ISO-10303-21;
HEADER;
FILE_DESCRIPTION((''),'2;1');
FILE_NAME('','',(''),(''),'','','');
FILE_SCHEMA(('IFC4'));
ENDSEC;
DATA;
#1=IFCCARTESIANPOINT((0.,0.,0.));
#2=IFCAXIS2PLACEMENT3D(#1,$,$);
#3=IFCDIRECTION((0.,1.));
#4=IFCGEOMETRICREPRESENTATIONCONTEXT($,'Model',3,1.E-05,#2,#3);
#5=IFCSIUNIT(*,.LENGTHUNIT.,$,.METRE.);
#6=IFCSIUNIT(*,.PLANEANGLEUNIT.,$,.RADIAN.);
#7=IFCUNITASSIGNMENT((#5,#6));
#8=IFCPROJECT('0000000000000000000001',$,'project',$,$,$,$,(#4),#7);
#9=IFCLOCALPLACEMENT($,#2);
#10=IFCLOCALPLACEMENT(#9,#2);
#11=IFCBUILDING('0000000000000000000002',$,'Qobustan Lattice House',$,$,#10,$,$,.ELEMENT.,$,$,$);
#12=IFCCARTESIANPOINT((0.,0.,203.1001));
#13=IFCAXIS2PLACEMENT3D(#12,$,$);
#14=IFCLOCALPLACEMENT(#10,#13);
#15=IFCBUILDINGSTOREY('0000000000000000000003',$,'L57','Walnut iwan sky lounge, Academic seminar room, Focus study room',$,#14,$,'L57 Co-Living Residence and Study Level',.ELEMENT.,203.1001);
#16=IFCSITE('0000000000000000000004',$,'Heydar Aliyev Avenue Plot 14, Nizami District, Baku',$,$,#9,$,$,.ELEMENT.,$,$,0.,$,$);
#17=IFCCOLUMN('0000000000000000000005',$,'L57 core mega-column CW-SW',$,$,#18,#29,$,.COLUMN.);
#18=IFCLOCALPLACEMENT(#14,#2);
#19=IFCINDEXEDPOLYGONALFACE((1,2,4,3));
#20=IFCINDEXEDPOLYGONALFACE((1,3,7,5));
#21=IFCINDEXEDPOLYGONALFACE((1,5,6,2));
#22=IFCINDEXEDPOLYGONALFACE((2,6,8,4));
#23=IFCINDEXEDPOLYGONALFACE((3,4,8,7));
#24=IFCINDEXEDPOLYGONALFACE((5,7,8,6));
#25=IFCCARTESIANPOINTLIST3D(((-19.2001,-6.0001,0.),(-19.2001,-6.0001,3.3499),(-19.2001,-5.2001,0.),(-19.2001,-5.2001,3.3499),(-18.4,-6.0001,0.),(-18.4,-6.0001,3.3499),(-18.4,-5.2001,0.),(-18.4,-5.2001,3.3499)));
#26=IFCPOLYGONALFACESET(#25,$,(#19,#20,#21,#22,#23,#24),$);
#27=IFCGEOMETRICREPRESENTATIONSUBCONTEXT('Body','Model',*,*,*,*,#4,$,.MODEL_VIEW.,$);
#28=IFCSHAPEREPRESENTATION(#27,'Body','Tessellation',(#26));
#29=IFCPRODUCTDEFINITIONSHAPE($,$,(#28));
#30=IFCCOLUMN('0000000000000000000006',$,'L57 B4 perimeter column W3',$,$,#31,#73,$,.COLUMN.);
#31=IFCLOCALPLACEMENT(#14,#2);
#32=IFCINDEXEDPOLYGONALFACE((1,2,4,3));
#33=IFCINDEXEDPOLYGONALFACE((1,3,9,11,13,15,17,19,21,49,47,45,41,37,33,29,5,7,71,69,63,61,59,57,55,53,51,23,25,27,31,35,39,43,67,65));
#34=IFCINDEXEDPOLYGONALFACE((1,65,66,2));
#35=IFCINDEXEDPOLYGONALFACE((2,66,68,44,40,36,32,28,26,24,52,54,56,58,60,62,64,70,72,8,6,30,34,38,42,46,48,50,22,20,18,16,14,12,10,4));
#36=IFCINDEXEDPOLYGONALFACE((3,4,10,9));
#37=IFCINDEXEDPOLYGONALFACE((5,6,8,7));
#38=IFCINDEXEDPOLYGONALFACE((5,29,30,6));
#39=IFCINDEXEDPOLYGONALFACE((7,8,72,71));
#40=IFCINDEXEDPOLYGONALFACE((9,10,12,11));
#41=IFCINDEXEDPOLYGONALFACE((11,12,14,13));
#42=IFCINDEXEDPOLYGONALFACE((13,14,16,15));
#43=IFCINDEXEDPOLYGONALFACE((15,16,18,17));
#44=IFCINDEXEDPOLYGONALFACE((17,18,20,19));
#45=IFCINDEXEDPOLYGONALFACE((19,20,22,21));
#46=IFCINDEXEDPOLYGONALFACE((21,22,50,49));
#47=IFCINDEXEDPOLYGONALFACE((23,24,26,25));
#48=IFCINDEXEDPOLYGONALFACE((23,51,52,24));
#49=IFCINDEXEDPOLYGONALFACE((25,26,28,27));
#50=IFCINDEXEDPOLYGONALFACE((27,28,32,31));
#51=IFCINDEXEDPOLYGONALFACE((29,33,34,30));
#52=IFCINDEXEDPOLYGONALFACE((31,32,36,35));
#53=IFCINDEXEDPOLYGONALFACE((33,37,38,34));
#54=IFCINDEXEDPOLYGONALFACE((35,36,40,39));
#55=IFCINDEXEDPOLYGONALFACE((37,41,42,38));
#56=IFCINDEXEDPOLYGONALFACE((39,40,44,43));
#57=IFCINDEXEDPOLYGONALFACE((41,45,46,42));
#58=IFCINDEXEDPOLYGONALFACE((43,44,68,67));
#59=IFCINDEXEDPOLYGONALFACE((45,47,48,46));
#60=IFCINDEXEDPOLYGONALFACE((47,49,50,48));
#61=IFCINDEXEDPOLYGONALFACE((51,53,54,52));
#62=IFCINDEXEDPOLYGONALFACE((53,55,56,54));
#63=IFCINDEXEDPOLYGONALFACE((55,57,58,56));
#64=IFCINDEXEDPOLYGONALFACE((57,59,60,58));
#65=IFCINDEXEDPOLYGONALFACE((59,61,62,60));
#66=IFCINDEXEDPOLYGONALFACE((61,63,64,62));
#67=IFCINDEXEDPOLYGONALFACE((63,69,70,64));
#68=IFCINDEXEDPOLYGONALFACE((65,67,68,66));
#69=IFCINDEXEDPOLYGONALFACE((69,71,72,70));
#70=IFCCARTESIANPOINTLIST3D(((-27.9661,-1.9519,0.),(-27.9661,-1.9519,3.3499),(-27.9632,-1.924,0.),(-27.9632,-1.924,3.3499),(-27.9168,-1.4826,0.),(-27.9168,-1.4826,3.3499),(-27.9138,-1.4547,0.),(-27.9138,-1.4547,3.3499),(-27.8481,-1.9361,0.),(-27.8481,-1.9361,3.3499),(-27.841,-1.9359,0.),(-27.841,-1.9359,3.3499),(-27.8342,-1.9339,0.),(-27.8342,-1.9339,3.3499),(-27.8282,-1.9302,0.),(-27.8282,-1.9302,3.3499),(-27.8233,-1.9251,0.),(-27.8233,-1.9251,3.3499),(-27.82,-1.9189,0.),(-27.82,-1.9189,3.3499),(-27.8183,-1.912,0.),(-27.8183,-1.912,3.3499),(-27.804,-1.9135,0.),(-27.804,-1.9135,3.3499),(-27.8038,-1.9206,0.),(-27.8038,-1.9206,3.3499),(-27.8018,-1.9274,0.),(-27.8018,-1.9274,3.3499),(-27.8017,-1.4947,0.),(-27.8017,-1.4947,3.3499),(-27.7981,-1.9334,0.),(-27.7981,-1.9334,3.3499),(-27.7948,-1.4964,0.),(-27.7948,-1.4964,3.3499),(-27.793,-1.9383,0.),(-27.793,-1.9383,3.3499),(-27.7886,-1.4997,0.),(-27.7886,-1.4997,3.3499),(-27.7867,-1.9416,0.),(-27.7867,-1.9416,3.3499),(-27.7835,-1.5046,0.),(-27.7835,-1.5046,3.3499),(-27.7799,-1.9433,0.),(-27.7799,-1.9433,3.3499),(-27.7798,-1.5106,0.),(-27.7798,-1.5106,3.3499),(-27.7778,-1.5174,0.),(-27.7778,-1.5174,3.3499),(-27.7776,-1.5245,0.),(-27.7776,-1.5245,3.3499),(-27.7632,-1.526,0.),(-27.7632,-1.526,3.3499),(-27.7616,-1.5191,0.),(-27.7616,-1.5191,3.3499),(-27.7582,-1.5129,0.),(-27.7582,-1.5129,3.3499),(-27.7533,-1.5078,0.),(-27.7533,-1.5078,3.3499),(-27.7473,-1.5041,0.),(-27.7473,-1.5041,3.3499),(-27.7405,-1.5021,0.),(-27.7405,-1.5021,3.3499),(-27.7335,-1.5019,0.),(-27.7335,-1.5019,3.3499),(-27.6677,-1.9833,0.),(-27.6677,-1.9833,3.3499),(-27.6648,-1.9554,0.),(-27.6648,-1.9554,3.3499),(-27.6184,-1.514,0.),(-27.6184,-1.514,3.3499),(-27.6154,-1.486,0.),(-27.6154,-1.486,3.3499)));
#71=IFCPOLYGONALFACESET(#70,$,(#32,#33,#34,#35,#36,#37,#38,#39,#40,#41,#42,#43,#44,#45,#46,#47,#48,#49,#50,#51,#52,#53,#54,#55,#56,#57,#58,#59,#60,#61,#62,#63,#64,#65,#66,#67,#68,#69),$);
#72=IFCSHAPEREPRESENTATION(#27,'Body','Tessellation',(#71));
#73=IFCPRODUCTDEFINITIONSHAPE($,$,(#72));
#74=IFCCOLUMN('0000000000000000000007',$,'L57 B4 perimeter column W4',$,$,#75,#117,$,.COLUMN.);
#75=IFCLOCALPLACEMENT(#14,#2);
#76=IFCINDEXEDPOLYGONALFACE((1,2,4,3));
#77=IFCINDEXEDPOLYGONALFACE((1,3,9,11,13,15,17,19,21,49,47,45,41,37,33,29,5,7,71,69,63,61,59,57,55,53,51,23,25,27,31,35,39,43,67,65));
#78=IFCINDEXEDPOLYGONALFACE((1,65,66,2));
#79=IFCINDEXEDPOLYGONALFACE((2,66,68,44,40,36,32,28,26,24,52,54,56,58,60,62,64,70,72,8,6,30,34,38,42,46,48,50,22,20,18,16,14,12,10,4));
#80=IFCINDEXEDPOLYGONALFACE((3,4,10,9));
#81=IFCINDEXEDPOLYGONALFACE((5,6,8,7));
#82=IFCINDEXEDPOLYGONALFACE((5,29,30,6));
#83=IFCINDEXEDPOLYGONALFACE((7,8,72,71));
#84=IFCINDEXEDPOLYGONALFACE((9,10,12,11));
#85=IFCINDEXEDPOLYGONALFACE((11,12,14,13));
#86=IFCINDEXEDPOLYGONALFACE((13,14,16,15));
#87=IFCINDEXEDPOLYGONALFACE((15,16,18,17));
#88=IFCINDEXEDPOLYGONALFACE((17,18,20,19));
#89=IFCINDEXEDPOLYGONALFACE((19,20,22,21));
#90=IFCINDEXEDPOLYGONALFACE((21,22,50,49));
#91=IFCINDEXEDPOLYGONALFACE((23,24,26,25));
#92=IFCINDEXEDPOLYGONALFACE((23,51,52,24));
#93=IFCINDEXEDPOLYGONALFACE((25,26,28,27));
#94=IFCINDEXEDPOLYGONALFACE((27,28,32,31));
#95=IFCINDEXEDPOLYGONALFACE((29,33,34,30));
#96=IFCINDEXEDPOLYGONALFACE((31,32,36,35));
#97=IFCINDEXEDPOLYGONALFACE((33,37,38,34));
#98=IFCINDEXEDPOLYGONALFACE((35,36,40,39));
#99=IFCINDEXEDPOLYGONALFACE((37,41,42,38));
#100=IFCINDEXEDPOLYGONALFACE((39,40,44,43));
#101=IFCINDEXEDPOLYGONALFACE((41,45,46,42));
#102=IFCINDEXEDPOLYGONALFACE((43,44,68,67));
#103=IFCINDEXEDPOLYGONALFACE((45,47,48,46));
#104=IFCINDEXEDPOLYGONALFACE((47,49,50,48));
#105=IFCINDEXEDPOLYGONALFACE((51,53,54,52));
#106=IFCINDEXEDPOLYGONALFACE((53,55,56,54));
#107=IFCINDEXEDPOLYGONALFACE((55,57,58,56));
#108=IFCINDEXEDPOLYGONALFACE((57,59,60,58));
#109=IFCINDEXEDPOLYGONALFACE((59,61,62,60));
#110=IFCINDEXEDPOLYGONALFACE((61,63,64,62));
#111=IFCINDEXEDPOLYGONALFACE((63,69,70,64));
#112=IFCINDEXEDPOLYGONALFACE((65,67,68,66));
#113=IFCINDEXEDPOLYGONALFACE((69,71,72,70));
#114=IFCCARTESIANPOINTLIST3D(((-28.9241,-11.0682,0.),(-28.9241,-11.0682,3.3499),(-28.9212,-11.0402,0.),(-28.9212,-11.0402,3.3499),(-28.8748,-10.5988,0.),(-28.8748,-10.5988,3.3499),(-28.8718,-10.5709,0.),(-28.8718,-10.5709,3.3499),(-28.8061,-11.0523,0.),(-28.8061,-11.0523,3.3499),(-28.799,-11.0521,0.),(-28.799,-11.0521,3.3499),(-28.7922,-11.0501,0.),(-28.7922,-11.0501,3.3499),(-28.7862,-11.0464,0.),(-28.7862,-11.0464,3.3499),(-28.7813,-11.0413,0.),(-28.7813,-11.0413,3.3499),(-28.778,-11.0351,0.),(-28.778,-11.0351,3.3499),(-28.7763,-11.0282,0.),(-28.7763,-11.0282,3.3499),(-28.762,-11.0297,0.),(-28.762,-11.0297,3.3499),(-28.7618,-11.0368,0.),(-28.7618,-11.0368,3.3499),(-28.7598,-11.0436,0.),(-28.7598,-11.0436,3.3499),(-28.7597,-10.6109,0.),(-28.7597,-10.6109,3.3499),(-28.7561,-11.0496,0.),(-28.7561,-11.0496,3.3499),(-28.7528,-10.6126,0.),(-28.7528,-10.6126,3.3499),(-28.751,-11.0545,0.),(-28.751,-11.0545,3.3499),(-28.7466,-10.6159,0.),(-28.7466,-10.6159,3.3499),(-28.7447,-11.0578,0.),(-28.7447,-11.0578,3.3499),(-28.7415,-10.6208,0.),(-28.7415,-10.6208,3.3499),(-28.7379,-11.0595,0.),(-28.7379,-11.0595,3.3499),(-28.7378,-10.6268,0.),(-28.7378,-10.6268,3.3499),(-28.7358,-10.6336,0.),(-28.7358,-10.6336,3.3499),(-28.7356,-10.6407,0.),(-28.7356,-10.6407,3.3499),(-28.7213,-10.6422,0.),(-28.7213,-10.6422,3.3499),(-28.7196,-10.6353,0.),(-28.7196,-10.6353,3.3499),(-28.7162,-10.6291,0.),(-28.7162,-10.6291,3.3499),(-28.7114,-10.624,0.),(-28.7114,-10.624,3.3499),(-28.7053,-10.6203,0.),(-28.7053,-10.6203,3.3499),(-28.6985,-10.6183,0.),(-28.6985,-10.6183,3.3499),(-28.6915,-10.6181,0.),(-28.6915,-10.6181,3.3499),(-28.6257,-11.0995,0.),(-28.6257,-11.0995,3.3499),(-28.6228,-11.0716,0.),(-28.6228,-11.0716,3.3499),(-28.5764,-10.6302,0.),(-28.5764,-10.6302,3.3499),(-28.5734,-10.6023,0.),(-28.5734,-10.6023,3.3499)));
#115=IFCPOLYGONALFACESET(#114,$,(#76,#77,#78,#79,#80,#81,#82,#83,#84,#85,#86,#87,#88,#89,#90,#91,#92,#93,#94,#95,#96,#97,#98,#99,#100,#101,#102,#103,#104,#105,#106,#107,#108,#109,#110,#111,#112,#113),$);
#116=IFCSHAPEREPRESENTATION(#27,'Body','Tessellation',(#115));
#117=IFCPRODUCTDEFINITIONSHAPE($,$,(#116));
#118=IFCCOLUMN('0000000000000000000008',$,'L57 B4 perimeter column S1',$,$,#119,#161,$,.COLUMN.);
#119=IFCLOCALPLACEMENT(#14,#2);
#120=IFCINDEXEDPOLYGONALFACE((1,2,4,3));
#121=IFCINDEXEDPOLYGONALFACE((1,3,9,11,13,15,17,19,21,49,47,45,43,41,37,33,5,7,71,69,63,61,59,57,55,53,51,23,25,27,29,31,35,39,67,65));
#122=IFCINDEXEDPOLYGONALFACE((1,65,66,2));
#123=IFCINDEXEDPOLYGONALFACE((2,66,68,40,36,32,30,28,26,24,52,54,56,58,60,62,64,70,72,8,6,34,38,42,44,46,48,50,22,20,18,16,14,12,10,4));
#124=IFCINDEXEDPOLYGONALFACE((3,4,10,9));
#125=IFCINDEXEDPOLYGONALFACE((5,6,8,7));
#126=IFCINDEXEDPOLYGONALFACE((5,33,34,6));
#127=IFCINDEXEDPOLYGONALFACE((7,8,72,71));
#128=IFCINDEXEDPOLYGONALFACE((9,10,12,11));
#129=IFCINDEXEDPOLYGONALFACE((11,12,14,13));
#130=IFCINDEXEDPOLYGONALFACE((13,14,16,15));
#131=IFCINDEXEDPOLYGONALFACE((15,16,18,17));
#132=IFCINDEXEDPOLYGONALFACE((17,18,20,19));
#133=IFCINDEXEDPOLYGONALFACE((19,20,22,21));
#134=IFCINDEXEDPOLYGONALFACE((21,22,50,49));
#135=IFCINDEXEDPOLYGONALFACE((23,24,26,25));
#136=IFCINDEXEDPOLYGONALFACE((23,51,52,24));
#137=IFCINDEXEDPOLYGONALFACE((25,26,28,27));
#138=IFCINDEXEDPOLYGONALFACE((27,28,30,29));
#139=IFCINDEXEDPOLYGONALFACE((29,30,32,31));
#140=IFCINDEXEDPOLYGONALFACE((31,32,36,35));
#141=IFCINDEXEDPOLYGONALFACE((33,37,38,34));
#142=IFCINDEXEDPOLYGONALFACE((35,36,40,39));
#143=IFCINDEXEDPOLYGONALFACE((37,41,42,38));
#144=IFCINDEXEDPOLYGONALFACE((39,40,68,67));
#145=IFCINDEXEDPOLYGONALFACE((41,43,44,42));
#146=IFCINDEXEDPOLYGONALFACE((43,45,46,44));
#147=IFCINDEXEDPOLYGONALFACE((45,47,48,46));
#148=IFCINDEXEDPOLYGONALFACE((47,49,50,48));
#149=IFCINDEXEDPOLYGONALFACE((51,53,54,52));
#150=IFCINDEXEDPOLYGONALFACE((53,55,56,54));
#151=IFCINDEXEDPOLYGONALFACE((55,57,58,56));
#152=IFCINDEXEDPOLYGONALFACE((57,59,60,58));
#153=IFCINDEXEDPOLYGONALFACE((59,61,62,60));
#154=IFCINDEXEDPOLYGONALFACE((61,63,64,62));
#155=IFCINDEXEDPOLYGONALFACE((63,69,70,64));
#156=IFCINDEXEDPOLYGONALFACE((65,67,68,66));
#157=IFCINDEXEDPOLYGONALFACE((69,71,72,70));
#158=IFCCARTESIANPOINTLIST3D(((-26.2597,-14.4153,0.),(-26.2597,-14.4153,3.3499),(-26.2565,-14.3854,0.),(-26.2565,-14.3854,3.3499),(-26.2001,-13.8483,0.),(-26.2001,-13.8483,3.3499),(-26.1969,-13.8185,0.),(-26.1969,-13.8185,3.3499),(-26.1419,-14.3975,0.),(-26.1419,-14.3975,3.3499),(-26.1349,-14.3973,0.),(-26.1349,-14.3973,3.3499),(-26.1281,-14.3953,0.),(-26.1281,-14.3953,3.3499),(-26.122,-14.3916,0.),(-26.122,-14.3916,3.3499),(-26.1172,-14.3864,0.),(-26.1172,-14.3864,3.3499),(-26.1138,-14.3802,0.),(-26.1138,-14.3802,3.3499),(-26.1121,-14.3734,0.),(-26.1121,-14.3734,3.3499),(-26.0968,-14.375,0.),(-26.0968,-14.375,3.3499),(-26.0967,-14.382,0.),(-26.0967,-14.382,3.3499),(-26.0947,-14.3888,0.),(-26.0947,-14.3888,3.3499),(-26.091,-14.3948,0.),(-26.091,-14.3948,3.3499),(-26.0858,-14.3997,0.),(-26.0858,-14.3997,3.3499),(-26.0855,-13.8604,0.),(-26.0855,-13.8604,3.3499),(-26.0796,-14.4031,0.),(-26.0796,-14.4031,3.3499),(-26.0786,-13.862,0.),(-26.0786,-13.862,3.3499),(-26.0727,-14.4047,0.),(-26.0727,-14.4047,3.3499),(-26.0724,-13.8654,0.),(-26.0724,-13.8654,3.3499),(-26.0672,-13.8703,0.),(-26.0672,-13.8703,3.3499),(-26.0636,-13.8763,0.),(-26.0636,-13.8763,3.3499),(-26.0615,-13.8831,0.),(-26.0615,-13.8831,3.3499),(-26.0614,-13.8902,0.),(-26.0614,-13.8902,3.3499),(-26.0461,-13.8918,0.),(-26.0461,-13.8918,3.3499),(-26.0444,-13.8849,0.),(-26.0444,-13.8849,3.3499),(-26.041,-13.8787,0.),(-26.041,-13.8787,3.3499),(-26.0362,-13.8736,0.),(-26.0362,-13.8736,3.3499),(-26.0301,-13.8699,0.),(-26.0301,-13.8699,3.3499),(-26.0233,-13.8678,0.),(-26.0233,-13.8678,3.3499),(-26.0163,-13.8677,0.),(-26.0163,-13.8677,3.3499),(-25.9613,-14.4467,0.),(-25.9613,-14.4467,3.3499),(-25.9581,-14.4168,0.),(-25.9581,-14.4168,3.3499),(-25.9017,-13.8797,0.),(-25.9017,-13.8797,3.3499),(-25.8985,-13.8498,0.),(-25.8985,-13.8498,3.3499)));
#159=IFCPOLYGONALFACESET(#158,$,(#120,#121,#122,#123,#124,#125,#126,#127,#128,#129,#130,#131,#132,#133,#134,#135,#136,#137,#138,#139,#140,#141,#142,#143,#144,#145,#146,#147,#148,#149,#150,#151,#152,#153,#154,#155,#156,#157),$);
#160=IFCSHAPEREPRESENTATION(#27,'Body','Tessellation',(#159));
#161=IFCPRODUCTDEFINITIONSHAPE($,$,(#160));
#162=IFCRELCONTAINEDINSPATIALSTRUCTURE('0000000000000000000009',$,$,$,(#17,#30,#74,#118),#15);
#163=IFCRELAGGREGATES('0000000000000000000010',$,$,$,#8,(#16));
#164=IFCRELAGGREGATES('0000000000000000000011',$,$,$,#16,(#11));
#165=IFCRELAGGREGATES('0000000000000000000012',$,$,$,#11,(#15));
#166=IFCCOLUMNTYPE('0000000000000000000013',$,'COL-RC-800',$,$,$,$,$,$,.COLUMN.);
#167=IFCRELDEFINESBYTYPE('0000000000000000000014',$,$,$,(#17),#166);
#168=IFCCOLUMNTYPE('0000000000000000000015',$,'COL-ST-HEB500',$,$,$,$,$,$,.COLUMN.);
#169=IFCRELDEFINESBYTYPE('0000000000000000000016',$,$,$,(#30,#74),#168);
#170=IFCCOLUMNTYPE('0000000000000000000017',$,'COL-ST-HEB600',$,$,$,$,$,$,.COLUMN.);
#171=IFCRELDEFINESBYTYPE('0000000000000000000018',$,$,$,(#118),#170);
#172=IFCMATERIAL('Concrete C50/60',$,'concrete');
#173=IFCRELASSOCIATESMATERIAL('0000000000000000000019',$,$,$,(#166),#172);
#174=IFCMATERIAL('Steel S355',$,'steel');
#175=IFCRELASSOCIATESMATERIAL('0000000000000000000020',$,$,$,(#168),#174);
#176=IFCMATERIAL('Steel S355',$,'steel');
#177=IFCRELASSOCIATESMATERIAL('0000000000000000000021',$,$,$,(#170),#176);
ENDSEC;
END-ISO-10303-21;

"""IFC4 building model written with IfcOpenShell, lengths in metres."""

from ifc_helpers import new_model, si_unit, direction, frame, origin, origin_2d, place, context, subcontext, project, spatial, rectangle, i_section, extrude, material, material_profile, profile_set, type_object, element, save


model = new_model("IFC4")

# Units and contexts
model_context = context("Model", 3, precision=1e-05, world=origin(), true_north=direction((0.0, 1.0)))
body_context = subcontext(model_context, "Body", "Model", "MODEL_VIEW")
ifc_project = project(units=[si_unit("LENGTHUNIT", "METRE"), si_unit("PLANEANGLEUNIT", "RADIAN")], contexts=[model_context])

# Site, building, storey
site_placement = place(None, origin())
site = spatial("IfcSite", under=ifc_project, at=site_placement, Name="Heydar Aliyev Avenue Plot 14, Nizami District, Baku", CompositionType="ELEMENT", RefElevation=0.0)
building_placement = place(site_placement, origin())
building = spatial("IfcBuilding", under=site, at=building_placement, Name="Qobustan Lattice House", CompositionType="ELEMENT")
storey_placement = place(building_placement, frame((0.0, 0.0, 203.1001)))
storey = spatial("IfcBuildingStorey", under=building, at=storey_placement, Name="L57", Description="Walnut iwan sky lounge, Academic seminar room, Focus study room", LongName="L57 Co-Living Residence and Study Level", CompositionType="ELEMENT", Elevation=203.1001)

# Columns
ifc_material_1 = material(Name="Concrete C50/60", Category="concrete")
ifc_material_profile_1 = material_profile(ifc_material_1, rectangle(XDim=0.8, YDim=0.8, at=origin_2d()), Name="RC800x800")
ifc_profile_set_1 = profile_set([ifc_material_profile_1], Name="Concrete C50/60")
column_type_1 = type_object("IfcColumnType", Name="COL-RC-800", PredefinedType="COLUMN", material=ifc_profile_set_1)
column_placement = place(storey_placement, frame((-18.8, -5.6001, 0.0), z_axis=(0.0, 0.0, 1.0), x_axis=(1.0, 0.0, 0.0)))
element("IfcColumn", 1, at=column_placement, inside=storey, type_object=column_type_1, Name="L57 core mega-column CW-SW", PredefinedType="COLUMN", context=body_context, shape_type="SweptSolid", body=[
    extrude(rectangle(XDim=0.8, YDim=0.8, at=origin_2d()), origin(), (0.0, 0.0, 1.0), 3.3499),
])
ifc_material_2 = material(Name="Steel S355", Category="steel")
ifc_material_profile_2 = material_profile(ifc_material_2, i_section(OverallWidth=0.3, OverallDepth=0.5, WebThickness=0.0144, FlangeThickness=0.0281, FilletRadius=0.0271, at=origin_2d()), Name="HEB500")
ifc_profile_set_2 = profile_set([ifc_material_profile_2], Name="Steel S355")
column_type_2 = type_object("IfcColumnType", Name="COL-ST-HEB500", PredefinedType="COLUMN", material=ifc_profile_set_2)
for number, where, z_axis, x_axis, name in (
    (2, (-27.7908, -1.719, 0.0), (0.0, 0.0, 1.0), (0.994522, -0.104528, 0.0), "L57 B4 perimeter column W3"),
    (3, (-28.7488, -10.8352, 0.0), (0.0, 0.0, 1.0), (0.994522, -0.104528, 0.0), "L57 B4 perimeter column W4"),
):
    element("IfcColumn", number, at=place(storey_placement, frame(where, z_axis=z_axis, x_axis=x_axis)), inside=storey, type_object=column_type_2, Name=name, PredefinedType="COLUMN", context=body_context, shape_type="SweptSolid", body=[
        extrude(i_section(OverallWidth=0.3, OverallDepth=0.5, WebThickness=0.0144, FlangeThickness=0.0281, FilletRadius=0.0271, at=origin_2d()), origin(), (0.0, 0.0, 1.0), 3.3499),
    ])
ifc_material_3 = material(Name="Steel S355", Category="steel")
ifc_material_profile_3 = material_profile(ifc_material_3, i_section(OverallWidth=0.3, OverallDepth=0.6001, WebThickness=0.0154, FlangeThickness=0.03, FilletRadius=0.0271, at=origin_2d()), Name="HEB600")
ifc_profile_set_3 = profile_set([ifc_material_profile_3], Name="Steel S355")
column_type_3 = type_object("IfcColumnType", Name="COL-ST-HEB600", PredefinedType="COLUMN", material=ifc_profile_set_3)
for number, where, z_axis, x_axis, name in (
    (4, (-26.0791, -14.1326, 0.0), (0.0, 0.0, 1.0), (0.994522, -0.104528, 0.0), "L57 B4 perimeter column S1"),
):
    element("IfcColumn", number, at=place(storey_placement, frame(where, z_axis=z_axis, x_axis=x_axis)), inside=storey, type_object=column_type_3, Name=name, PredefinedType="COLUMN", context=body_context, shape_type="SweptSolid", body=[
        extrude(i_section(OverallWidth=0.3, OverallDepth=0.6001, WebThickness=0.0154, FlangeThickness=0.03, FilletRadius=0.0271, at=origin_2d()), origin(), (0.0, 0.0, 1.0), 3.3499),
    ])

save(model, "model.ifc")
